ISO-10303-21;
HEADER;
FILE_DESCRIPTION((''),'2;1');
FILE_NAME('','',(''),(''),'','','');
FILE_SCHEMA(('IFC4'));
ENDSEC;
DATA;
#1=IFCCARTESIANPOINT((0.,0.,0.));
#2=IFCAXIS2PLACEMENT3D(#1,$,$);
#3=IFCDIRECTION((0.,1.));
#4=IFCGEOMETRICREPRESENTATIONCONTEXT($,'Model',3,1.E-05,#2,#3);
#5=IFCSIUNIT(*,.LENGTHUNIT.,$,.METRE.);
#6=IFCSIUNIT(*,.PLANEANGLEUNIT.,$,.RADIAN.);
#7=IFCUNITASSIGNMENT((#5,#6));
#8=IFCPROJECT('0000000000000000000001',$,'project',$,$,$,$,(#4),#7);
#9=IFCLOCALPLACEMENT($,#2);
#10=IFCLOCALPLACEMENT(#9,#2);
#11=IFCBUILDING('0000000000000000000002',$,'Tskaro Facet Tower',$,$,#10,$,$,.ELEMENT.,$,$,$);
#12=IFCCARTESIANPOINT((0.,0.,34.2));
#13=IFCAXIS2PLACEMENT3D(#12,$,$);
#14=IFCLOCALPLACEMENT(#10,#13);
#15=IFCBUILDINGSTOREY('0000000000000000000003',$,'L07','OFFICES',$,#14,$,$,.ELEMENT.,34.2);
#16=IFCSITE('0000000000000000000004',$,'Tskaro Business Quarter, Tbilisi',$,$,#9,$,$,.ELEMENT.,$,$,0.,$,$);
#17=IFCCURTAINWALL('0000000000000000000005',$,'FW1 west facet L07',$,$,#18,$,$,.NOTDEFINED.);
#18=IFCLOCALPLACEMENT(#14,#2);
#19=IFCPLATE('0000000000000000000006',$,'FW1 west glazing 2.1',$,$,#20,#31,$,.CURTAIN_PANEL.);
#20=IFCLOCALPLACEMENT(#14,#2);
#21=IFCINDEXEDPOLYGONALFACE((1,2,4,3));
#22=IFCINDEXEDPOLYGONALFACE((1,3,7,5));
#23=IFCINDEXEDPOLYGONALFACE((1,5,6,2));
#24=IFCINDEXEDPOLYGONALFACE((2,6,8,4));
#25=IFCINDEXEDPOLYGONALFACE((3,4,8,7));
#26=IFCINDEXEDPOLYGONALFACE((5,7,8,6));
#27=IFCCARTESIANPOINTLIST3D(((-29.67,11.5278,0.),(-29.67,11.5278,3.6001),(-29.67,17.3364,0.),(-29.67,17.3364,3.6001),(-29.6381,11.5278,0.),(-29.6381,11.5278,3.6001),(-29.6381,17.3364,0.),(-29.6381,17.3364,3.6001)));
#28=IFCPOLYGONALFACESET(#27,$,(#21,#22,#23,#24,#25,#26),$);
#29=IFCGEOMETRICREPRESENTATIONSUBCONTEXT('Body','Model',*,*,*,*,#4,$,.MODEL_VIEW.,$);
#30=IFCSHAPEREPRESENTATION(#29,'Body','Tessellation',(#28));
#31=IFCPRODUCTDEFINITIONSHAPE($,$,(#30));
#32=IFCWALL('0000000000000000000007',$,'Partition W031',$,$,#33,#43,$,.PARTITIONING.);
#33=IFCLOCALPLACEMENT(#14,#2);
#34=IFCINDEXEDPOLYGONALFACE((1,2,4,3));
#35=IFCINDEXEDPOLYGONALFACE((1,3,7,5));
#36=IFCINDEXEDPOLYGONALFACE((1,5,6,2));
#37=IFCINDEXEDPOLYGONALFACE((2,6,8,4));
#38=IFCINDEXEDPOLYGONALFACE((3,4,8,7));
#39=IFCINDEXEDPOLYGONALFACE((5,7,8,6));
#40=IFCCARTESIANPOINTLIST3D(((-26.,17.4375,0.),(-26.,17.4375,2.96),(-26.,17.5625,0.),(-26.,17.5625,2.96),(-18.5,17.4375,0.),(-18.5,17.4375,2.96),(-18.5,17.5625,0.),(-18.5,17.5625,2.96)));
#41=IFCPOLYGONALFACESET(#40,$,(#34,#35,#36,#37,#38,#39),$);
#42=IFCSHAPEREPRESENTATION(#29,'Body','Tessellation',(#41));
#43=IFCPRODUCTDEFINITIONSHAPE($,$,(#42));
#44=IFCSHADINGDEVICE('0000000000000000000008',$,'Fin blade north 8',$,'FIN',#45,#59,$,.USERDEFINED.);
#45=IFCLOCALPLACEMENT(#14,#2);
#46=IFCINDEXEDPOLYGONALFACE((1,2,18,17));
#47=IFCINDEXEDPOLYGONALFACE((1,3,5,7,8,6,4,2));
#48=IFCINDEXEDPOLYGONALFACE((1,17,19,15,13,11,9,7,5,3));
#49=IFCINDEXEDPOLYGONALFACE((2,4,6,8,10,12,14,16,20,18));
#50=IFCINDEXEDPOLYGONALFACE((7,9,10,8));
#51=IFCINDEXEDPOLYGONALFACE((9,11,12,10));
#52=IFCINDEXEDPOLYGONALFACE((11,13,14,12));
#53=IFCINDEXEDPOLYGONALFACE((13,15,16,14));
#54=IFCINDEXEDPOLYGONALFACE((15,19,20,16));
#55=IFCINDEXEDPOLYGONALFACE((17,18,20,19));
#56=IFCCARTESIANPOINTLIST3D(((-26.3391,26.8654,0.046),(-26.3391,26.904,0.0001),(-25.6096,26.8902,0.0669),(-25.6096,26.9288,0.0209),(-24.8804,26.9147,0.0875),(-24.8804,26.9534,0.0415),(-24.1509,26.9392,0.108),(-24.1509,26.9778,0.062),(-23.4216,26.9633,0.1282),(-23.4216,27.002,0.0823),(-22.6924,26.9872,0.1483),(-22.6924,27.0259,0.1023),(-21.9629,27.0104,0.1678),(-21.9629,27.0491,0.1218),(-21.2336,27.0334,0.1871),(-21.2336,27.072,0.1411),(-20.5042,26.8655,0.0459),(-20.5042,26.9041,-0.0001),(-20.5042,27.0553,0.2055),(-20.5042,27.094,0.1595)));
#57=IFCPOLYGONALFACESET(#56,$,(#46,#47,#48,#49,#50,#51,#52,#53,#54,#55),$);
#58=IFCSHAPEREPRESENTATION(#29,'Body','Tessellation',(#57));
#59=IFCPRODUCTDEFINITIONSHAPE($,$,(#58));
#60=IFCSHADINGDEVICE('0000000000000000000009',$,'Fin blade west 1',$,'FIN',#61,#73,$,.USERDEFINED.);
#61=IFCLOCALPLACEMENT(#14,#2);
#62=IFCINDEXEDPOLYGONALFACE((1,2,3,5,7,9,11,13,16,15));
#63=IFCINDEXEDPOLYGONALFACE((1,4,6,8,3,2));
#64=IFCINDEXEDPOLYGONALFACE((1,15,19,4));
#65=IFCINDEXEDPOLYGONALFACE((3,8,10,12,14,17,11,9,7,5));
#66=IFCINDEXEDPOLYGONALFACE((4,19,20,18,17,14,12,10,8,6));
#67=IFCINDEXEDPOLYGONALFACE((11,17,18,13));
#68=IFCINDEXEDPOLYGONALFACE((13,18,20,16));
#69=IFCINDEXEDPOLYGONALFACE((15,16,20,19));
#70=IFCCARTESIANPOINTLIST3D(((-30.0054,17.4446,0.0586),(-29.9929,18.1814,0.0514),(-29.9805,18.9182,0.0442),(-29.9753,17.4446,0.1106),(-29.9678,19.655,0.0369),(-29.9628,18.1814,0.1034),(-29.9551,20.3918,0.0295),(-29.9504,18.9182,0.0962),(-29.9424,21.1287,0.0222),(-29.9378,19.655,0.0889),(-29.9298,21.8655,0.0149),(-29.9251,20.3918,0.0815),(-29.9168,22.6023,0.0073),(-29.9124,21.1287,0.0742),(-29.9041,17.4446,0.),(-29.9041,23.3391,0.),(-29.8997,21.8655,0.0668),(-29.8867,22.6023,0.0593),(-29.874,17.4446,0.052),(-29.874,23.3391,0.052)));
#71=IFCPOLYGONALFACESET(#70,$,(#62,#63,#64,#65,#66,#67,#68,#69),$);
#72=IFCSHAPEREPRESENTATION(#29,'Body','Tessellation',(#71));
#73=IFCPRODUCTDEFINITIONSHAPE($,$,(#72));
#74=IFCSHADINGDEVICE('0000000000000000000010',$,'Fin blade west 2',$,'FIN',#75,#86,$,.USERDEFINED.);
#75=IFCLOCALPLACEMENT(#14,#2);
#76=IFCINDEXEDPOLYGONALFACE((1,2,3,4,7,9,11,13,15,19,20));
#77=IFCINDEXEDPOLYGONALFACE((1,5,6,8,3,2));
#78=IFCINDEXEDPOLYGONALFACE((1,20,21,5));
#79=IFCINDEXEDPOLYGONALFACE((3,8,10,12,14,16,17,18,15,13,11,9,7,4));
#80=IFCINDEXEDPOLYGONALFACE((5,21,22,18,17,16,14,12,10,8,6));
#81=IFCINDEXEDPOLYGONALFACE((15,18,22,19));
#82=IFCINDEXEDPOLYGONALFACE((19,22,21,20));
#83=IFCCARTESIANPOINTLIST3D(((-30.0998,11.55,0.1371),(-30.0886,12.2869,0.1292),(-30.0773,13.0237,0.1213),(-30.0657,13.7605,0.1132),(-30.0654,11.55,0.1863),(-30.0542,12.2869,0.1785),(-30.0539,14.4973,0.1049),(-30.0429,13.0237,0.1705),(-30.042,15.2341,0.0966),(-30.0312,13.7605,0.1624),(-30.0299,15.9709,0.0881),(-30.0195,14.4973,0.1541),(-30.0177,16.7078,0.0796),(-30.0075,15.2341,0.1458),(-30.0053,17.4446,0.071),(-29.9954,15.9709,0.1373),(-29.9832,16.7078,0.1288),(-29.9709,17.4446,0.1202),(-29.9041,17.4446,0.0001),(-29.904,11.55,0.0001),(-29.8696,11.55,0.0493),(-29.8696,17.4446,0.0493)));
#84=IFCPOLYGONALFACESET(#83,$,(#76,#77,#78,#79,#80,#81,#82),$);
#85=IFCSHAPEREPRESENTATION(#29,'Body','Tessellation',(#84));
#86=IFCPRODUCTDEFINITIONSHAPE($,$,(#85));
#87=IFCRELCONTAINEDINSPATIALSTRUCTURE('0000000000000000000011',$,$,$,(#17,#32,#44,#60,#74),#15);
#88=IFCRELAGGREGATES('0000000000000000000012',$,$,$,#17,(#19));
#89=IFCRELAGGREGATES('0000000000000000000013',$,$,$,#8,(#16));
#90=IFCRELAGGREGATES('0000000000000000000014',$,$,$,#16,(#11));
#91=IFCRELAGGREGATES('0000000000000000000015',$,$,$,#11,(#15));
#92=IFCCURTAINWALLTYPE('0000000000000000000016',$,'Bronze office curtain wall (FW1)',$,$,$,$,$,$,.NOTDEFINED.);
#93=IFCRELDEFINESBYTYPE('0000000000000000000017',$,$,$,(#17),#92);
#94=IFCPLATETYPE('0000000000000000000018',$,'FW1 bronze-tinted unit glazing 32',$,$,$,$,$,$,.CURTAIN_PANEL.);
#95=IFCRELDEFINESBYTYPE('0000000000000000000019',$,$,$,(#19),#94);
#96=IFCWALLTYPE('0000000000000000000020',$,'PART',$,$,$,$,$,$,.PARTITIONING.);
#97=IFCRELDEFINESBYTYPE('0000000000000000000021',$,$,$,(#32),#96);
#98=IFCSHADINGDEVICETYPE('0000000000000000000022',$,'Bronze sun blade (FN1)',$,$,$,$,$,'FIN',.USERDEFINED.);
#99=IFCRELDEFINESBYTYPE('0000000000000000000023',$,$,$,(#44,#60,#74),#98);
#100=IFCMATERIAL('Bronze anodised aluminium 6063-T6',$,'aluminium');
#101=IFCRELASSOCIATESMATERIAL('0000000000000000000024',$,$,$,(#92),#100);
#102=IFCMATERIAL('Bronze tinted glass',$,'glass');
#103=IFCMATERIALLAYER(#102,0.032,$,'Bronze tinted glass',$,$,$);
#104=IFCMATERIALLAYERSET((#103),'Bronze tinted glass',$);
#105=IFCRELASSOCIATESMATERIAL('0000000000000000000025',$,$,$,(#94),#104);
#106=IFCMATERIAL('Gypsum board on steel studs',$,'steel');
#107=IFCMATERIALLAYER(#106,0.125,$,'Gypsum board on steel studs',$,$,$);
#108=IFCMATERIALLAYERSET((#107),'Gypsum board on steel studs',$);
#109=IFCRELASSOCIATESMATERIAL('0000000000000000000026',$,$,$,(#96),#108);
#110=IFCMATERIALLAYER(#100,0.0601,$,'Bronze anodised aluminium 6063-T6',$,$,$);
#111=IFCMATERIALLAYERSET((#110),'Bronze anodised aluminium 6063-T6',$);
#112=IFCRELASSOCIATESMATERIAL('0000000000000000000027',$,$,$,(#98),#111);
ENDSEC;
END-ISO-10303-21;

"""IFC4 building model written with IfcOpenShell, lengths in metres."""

from ifc_helpers import new_model, si_unit, direction, frame, frame_2d, origin, origin_2d, place, context, subcontext, project, spatial, polyline, rectangle, outline, extrude, material, layer, layer_set, type_object, element, aggregate, save


model = new_model("IFC4")

# Units and contexts
model_context = context("Model", 3, precision=1e-05, world=origin(), true_north=direction((0.0, 1.0)))
body_context = subcontext(model_context, "Body", "Model", "MODEL_VIEW")
ifc_project = project(units=[si_unit("LENGTHUNIT", "METRE"), si_unit("PLANEANGLEUNIT", "RADIAN")], contexts=[model_context])

# Site, building, storey
site_placement = place(None, origin())
site = spatial("IfcSite", under=ifc_project, at=site_placement, Name="Tskaro Business Quarter, Tbilisi", CompositionType="ELEMENT", RefElevation=0.0)
building_placement = place(site_placement, origin())
building = spatial("IfcBuilding", under=site, at=building_placement, Name="Tskaro Facet Tower", CompositionType="ELEMENT")
storey_placement = place(building_placement, frame((0.0, 0.0, 34.2)))
storey = spatial("IfcBuildingStorey", under=building, at=storey_placement, Name="L07", Description="OFFICES", CompositionType="ELEMENT", Elevation=34.2)

# Curtain wall
ifc_material_1 = material(Name="Bronze anodised aluminium 6063-T6", Category="aluminium")
curtain_wall_type = type_object("IfcCurtainWallType", Name="Bronze office curtain wall (FW1)", PredefinedType="NOTDEFINED", material=ifc_material_1)
curtain_wall_1_placement = place(storey_placement, origin())
curtain_wall_1 = element("IfcCurtainWall", 1, at=curtain_wall_1_placement, inside=storey, type_object=curtain_wall_type, Name="FW1 west facet L07", PredefinedType="NOTDEFINED")

# Plate
ifc_material_2 = material(Name="Bronze tinted glass", Category="glass")
ifc_layer_1 = layer(ifc_material_2, 0.032, Name="Bronze tinted glass")
ifc_layer_set_1 = layer_set([ifc_layer_1], Name="Bronze tinted glass")
plate_type = type_object("IfcPlateType", Name="FW1 bronze-tinted unit glazing 32", PredefinedType="CURTAIN_PANEL", material=ifc_layer_set_1)
plate_1_placement = place(storey_placement, frame((-29.6541, 14.4321, 0.0), z_axis=(0.0, 0.0, 1.0), x_axis=(0.0, -1.0, 0.0)))
plate_1 = element("IfcPlate", 2, at=plate_1_placement, type_object=plate_type, Name="FW1 west glazing 2.1", PredefinedType="CURTAIN_PANEL", context=body_context, shape_type="SweptSolid", body=[
    extrude(rectangle(XDim=5.8086, YDim=0.032, at=origin_2d()), origin(), (0.0, 0.0, 1.0), 3.6001),
])
aggregate(curtain_wall_1, [plate_1])

# Wall
ifc_material_3 = material(Name="Gypsum board on steel studs", Category="steel")
ifc_layer_2 = layer(ifc_material_3, 0.125, Name="Gypsum board on steel studs")
ifc_layer_set_2 = layer_set([ifc_layer_2], Name="Gypsum board on steel studs")
wall_type = type_object("IfcWallType", Name="PART", PredefinedType="PARTITIONING", material=ifc_layer_set_2)
wall_placement = place(storey_placement, frame((-26.0, 17.5, 0.0), z_axis=(0.0, 0.0, 1.0), x_axis=(1.0, 0.0, 0.0)))
element("IfcWall", 3, at=wall_placement, inside=storey, type_object=wall_type, Name="Partition W031", PredefinedType="PARTITIONING", context=body_context, shape_type="SweptSolid", body=[
    extrude(rectangle(XDim=7.5, YDim=0.125, at=frame_2d((3.75, 0.0))), origin(), (0.0, 0.0, 1.0), 2.96),
])

# Shading devices
ifc_layer_3 = layer(ifc_material_1, 0.0601, Name="Bronze anodised aluminium 6063-T6")
ifc_layer_set_3 = layer_set([ifc_layer_3], Name="Bronze anodised aluminium 6063-T6")
shading_device_type = type_object("IfcShadingDeviceType", Name="Bronze sun blade (FN1)", ElementType="FIN", PredefinedType="USERDEFINED", material=ifc_layer_set_3)
shading_device_1_placement = place(storey_placement, frame((-20.5042, 26.8655, 0.0459), z_axis=(0.00003, -0.643427, 0.765508), x_axis=(-1.0, -0.000019, 0.000023)))
element("IfcShadingDevice", 4, at=shading_device_1_placement, inside=storey, type_object=shading_device_type, Name="Fin blade north 8", ObjectType="FIN", PredefinedType="USERDEFINED", context=body_context, shape_type="SweptSolid", body=[
    extrude(outline(polyline([(0.0, 0.0), (5.835, 0.0), (5.1055, -0.0324), (4.3762, -0.0645), (3.6467, -0.0963), (2.9175, -0.1279), (2.1882, -0.1591), (1.4587, -0.1894), (0.7295, -0.2194), (0.0, -0.248), (0.0, 0.0)])), origin(), (0.0, 0.0, -1.0), 0.0601),
])
shading_device_2_placement = place(storey_placement, frame((-29.874, 23.3391, 0.052), z_axis=(0.500658, -0.000001, 0.865645), x_axis=(0.0, -1.0, -0.000001)))
element("IfcShadingDevice", 5, at=shading_device_2_placement, inside=storey, type_object=shading_device_type, Name="Fin blade west 1", ObjectType="FIN", PredefinedType="USERDEFINED", context=body_context, shape_type="SweptSolid", body=[
    extrude(outline(polyline([(0.0, 0.0), (5.8945, 0.0), (5.8945, -0.117), (5.1577, -0.1026), (4.4209, -0.0883), (3.6841, -0.0736), (2.9473, -0.059), (2.2104, -0.0443), (1.4736, -0.0296), (0.7368, -0.0147), (0.0, 0.0)])), origin(), (0.0, 0.0, -1.0), 0.0601),
])
shading_device_3_placement = place(storey_placement, frame((-29.8696, 17.4446, 0.0493), z_axis=(0.573198, 0.000003, 0.819417), x_axis=(0.000002, -1.0, 0.000002)))
element("IfcShadingDevice", 6, at=shading_device_3_placement, inside=storey, type_object=shading_device_type, Name="Fin blade west 2", ObjectType="FIN", PredefinedType="USERDEFINED", context=body_context, shape_type="SweptSolid", body=[
    extrude(outline(polyline([(0.0, 0.0), (5.8945, 0.0), (5.8945, -0.2389), (5.1577, -0.2253), (4.4209, -0.2114), (3.6841, -0.1972), (2.9473, -0.1829), (2.2104, -0.1683), (1.4736, -0.1535), (0.7368, -0.1386), (0.0, -0.1236), (0.0, 0.0)])), origin(), (0.0, 0.0, -1.0), 0.0601),
])

save(model, "model.ifc")
